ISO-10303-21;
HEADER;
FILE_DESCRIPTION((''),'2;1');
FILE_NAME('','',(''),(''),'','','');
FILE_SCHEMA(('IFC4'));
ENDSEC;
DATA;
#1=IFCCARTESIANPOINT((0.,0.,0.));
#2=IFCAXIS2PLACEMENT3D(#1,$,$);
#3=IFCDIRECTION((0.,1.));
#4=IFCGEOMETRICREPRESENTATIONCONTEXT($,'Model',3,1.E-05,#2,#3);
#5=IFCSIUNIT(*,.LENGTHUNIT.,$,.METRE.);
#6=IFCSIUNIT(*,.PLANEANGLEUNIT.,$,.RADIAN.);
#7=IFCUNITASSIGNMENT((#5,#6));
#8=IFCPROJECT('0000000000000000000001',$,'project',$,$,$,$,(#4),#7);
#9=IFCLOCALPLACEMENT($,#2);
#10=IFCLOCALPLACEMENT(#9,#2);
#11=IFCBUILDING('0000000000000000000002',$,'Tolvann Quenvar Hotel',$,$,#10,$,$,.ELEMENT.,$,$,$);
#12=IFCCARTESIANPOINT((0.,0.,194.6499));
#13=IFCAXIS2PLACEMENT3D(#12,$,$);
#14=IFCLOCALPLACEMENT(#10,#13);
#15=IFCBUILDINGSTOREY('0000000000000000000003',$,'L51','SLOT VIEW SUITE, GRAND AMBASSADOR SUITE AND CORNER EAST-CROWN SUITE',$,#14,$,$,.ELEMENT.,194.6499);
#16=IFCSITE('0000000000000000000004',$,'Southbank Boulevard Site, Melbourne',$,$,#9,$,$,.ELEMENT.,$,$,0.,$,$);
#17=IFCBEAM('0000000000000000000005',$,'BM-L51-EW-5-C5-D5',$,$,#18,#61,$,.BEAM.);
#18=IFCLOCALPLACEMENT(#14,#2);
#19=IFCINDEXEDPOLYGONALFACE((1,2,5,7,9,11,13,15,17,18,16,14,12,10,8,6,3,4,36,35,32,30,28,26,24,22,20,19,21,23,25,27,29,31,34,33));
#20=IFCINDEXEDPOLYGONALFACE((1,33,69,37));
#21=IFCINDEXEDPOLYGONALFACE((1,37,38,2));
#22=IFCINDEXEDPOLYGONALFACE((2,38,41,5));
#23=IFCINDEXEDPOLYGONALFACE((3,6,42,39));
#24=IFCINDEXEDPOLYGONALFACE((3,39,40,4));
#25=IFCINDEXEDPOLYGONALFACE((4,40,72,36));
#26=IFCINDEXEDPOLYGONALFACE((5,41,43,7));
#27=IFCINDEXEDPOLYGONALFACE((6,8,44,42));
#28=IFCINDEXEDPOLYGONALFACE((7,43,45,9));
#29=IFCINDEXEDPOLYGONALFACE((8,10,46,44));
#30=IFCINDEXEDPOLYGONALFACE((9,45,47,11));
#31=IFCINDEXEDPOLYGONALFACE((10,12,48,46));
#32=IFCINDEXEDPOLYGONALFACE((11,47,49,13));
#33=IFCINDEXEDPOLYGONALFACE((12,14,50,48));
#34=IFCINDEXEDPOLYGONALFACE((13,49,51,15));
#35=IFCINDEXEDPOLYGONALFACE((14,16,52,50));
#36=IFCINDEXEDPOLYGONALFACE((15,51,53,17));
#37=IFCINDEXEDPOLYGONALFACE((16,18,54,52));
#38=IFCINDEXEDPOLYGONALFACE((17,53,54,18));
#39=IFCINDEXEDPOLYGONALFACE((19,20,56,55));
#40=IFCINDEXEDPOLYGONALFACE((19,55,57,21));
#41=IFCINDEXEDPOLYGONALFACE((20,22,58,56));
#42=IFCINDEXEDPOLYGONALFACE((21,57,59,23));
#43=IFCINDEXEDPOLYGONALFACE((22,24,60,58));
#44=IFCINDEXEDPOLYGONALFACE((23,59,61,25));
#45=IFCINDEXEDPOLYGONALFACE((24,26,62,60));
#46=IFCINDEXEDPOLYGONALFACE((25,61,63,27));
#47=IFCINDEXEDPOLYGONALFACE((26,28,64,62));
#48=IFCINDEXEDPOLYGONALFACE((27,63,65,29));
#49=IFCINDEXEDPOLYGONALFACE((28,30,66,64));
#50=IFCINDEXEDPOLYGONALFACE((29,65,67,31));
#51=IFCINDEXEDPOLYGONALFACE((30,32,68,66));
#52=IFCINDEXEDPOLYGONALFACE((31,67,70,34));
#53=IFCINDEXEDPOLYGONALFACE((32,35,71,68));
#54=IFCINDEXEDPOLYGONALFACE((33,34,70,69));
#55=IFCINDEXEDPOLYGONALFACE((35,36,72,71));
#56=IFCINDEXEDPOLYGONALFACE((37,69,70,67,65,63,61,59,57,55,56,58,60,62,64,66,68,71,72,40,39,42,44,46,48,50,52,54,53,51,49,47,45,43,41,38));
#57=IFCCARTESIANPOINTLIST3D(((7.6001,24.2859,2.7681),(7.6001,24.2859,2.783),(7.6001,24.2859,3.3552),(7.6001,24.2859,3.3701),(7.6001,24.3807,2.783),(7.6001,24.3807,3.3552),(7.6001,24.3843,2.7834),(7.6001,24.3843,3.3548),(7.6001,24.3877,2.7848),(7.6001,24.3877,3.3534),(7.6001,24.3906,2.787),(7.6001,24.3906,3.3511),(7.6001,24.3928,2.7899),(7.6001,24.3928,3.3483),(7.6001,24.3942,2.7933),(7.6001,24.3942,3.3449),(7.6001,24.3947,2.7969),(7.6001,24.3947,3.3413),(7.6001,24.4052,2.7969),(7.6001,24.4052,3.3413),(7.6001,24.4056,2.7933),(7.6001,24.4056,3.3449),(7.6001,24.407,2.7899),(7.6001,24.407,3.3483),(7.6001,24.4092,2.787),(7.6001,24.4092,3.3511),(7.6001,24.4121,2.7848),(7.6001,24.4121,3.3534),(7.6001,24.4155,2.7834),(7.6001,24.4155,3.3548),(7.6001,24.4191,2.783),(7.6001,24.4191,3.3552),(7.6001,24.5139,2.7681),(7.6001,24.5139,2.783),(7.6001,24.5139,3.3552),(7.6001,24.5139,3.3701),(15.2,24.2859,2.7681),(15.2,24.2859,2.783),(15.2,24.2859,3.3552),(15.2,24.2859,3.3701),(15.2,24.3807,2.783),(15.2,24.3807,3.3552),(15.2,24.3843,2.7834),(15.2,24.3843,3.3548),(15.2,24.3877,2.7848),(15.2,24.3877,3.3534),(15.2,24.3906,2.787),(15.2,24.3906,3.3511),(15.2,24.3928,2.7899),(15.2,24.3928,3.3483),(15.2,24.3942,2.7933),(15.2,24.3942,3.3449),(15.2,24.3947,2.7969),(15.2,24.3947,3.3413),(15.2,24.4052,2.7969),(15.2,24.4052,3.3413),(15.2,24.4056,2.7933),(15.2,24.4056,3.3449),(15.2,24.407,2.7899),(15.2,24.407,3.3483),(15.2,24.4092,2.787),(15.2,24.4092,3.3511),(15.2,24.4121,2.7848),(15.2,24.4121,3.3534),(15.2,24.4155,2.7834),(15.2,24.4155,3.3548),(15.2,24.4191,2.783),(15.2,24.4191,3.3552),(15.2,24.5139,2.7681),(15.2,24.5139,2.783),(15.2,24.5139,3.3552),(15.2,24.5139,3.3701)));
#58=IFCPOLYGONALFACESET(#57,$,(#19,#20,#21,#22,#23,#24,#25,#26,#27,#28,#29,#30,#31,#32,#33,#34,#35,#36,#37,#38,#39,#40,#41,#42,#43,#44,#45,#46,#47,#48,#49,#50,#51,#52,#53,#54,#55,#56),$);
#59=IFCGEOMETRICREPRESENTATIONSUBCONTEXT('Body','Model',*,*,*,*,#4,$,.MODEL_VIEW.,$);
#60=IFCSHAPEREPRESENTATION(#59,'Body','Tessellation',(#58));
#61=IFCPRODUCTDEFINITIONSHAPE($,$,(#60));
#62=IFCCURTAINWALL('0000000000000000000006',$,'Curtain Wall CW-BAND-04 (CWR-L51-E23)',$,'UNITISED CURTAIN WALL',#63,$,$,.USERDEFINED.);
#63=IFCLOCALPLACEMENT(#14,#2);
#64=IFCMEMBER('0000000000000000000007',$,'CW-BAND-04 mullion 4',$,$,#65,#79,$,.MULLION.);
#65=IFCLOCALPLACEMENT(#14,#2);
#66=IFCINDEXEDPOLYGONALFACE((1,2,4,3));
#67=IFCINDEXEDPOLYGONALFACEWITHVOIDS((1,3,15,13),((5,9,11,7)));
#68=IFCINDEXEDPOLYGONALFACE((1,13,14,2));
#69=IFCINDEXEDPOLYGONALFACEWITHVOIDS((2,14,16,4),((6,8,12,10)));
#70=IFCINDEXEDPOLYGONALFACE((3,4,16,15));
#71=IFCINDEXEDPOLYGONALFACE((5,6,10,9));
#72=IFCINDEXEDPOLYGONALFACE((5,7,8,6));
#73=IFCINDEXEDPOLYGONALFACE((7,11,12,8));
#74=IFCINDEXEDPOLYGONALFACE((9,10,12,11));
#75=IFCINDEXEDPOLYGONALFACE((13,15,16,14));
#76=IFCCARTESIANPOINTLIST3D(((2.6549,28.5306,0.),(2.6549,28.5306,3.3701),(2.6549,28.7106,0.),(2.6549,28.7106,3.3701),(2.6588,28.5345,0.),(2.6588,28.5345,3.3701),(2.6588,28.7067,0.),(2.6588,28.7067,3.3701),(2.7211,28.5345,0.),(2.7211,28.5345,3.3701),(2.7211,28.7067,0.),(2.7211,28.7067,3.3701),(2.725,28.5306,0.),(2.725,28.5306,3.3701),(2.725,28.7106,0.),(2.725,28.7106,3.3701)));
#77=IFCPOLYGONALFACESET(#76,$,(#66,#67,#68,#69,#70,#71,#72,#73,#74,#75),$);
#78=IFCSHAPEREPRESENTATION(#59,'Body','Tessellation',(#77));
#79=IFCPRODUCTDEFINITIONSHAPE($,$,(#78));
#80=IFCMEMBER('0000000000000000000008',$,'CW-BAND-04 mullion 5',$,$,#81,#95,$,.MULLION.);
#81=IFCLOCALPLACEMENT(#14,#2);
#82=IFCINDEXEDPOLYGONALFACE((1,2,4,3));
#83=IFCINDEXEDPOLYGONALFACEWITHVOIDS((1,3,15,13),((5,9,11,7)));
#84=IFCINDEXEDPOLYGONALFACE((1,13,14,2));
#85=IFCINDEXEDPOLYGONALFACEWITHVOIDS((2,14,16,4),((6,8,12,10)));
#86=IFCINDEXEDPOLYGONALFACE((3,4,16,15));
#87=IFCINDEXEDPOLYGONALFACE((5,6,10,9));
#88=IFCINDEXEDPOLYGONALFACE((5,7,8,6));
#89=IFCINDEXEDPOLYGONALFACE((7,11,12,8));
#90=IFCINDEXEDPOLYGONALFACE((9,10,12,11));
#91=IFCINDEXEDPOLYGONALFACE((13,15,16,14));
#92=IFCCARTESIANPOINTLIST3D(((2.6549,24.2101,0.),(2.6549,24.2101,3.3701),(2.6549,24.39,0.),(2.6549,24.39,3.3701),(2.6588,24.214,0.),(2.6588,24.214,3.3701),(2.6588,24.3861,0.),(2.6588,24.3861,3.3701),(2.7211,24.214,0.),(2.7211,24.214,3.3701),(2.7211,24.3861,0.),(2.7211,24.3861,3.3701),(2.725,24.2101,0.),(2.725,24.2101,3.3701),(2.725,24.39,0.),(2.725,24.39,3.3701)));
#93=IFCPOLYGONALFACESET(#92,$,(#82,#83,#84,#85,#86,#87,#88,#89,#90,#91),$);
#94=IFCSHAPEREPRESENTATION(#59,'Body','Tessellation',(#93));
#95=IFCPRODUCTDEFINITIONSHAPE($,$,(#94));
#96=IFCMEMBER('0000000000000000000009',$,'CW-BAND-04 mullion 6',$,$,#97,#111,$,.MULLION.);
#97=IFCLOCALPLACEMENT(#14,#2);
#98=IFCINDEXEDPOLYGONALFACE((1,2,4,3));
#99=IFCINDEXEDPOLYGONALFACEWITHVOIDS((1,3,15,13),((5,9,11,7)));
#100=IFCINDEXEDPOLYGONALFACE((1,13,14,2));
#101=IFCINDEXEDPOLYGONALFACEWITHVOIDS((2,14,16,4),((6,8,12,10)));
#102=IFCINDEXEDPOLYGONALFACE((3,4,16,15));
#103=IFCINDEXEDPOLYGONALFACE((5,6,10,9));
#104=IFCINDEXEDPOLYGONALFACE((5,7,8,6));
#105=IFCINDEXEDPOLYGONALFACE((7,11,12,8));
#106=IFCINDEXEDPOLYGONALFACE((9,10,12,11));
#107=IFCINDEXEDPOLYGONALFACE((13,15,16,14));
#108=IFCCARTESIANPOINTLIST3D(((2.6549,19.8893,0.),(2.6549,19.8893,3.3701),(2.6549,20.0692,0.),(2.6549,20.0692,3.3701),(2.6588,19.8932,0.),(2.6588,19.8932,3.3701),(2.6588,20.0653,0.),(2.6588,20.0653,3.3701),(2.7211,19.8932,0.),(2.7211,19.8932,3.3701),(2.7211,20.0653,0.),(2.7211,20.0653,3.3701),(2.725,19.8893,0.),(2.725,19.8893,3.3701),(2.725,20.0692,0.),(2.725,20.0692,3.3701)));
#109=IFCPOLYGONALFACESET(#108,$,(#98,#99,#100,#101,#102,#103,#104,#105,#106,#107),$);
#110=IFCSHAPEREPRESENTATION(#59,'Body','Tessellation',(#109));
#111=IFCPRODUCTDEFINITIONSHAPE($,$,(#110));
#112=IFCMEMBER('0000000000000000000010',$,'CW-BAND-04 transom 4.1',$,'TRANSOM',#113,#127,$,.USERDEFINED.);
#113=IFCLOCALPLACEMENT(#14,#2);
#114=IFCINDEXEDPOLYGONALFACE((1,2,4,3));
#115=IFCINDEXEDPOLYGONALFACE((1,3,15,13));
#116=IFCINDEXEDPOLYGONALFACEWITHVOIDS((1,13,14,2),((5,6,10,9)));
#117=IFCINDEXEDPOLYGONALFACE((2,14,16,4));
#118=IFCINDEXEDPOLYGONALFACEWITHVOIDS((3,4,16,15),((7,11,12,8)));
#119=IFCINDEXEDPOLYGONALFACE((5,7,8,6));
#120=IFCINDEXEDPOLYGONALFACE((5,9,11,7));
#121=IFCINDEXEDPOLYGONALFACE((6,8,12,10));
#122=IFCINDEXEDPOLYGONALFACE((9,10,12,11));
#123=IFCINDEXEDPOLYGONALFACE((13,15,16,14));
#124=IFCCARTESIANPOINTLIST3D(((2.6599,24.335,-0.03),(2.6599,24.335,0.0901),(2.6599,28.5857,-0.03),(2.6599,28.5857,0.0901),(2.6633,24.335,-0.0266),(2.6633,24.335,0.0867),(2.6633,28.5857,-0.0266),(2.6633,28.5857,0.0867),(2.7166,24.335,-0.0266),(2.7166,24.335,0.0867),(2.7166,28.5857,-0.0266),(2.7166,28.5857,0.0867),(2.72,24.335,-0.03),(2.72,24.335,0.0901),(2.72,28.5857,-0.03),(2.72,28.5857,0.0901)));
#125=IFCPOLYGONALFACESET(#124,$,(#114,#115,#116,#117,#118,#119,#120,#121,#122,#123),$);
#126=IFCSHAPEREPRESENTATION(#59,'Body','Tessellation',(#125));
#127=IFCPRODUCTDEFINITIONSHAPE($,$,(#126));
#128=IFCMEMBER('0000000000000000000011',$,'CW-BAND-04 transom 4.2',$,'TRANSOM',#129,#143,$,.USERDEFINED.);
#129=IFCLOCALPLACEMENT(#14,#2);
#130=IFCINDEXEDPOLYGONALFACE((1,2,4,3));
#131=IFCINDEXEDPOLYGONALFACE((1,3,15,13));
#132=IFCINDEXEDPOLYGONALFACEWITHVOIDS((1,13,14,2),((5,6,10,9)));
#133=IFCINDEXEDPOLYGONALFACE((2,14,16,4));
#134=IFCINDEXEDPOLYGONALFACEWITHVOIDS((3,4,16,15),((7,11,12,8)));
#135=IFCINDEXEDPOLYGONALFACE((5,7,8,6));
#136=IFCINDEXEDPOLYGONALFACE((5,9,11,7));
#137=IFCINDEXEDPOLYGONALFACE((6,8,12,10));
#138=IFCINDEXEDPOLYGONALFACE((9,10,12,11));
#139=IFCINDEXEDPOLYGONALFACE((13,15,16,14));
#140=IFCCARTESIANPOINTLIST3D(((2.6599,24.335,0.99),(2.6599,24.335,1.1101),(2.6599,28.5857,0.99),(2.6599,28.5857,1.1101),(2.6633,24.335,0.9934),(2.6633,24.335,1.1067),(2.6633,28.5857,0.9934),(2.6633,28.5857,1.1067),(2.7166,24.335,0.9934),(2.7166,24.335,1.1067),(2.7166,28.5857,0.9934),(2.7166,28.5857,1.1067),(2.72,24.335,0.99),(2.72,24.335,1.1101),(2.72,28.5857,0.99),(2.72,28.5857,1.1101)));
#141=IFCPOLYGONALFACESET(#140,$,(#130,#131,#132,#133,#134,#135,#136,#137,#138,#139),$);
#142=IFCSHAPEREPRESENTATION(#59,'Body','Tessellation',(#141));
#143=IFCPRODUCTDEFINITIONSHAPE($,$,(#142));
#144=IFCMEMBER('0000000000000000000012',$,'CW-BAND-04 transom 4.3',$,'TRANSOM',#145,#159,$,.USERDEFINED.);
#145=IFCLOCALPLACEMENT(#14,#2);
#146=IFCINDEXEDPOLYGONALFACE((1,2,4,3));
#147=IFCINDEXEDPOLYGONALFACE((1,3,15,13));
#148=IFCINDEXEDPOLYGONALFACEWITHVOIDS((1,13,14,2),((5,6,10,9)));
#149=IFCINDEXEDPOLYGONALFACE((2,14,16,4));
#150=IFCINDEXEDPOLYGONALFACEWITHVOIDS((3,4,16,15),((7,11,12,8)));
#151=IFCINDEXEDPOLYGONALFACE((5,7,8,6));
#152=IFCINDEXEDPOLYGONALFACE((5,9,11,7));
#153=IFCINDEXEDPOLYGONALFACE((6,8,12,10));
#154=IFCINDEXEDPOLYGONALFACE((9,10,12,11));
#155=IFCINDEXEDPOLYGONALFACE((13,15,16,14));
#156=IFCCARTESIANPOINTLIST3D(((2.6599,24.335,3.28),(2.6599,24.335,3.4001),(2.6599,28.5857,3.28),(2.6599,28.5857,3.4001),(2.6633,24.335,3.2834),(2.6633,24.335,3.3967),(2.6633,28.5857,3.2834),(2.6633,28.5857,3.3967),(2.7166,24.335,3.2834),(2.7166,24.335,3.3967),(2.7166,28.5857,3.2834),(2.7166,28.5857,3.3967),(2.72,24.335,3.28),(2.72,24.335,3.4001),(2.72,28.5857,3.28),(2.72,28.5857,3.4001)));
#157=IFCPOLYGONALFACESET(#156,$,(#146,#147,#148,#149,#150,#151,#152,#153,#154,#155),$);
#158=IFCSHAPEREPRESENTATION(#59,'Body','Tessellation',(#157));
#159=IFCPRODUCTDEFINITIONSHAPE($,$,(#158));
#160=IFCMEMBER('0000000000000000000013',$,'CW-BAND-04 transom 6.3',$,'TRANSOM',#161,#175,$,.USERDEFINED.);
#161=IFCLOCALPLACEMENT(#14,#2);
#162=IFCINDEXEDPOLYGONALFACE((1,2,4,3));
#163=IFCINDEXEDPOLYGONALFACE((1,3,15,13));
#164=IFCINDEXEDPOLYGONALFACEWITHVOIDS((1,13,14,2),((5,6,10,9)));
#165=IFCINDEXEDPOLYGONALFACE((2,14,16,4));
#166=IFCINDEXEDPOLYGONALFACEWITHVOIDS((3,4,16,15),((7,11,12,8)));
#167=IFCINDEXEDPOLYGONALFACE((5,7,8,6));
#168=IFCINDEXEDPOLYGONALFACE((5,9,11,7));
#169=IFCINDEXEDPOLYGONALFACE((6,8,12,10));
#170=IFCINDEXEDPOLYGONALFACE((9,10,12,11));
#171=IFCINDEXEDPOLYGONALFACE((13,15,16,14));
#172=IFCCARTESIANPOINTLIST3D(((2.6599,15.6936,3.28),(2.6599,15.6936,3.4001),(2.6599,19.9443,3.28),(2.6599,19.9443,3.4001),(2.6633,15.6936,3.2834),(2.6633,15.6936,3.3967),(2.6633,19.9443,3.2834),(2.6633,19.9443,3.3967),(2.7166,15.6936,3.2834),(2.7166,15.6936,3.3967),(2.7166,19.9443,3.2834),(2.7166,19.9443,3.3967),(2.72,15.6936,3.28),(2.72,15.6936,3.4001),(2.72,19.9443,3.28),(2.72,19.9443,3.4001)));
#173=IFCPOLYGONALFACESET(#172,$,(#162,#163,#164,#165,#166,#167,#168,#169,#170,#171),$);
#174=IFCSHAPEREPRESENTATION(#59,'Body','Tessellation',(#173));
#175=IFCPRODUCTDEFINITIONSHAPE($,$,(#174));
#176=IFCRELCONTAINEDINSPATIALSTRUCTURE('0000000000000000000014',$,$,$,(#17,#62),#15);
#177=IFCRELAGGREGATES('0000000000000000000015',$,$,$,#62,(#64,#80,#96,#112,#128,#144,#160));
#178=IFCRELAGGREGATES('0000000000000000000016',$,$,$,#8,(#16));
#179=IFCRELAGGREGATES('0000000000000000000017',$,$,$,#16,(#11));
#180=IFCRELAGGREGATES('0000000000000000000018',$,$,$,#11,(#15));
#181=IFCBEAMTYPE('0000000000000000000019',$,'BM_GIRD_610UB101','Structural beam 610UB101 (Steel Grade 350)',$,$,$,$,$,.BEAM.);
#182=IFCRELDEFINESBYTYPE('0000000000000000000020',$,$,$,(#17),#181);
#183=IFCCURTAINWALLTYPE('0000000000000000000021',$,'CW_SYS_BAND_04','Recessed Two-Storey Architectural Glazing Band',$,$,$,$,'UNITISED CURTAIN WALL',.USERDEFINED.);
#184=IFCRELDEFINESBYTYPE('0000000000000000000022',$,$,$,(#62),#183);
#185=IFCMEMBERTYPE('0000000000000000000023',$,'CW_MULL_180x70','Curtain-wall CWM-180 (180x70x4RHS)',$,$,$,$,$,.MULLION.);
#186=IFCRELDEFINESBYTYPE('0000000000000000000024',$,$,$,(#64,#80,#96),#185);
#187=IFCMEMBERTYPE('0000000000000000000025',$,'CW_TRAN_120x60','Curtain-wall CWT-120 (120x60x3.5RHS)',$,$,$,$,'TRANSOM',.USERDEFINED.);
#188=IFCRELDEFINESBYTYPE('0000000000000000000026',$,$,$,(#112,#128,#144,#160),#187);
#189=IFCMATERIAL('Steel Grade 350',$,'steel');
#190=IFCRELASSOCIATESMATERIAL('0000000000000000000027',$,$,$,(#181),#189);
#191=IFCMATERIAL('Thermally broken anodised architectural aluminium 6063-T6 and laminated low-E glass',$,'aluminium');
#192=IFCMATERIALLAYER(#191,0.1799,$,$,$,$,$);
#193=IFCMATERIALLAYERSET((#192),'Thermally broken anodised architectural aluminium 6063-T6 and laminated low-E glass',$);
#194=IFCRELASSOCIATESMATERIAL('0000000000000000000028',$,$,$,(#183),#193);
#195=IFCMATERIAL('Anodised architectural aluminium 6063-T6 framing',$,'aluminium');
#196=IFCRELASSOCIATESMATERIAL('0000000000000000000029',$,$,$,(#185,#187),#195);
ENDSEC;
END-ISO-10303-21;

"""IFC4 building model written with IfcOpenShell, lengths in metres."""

from ifc_helpers import new_model, si_unit, direction, frame, origin, origin_2d, place, context, subcontext, project, spatial, hollow_rectangle, i_section, extrude, source, transform, mapped, material, layer, layer_set, material_profile, profile_set, type_object, type_shapes, element, aggregate, save


model = new_model("IFC4")

# Units and contexts
model_context = context("Model", 3, precision=1e-05, world=origin(), true_north=direction((0.0, 1.0)))
body_context = subcontext(model_context, "Body", "Model", "MODEL_VIEW")
ifc_project = project(units=[si_unit("LENGTHUNIT", "METRE"), si_unit("PLANEANGLEUNIT", "RADIAN")], contexts=[model_context])

# Site, building, storey
site_placement = place(None, origin())
site = spatial("IfcSite", under=ifc_project, at=site_placement, Name="Southbank Boulevard Site, Melbourne", CompositionType="ELEMENT", RefElevation=0.0)
building_placement = place(site_placement, origin())
building = spatial("IfcBuilding", under=site, at=building_placement, Name="Tolvann Quenvar Hotel", CompositionType="ELEMENT")
storey_placement = place(building_placement, frame((0.0, 0.0, 194.6499)))
storey = spatial("IfcBuildingStorey", under=building, at=storey_placement, Name="L51", Description="SLOT VIEW SUITE, GRAND AMBASSADOR SUITE AND CORNER EAST-CROWN SUITE", CompositionType="ELEMENT", Elevation=194.6499)

# Shared definitions
ifc_material_1 = material(Name="Steel Grade 350", Category="steel")

# Beam
ifc_material_profile_1 = material_profile(ifc_material_1, i_section(OverallWidth=0.228, OverallDepth=0.6021, WebThickness=0.0105, FlangeThickness=0.0149, FilletRadius=0.0139, at=origin_2d()), Name="610UB101")
ifc_profile_set_1 = profile_set([ifc_material_profile_1], Name="Steel Grade 350")
beam_type_1 = type_object("IfcBeamType", Name="BM_GIRD_610UB101", Description="Structural beam 610UB101 (Steel Grade 350)", PredefinedType="BEAM", material=ifc_profile_set_1)
shared_shape_1 = source(origin(), body_context, "Body", "SweptSolid", [
    extrude(i_section(OverallWidth=0.228, OverallDepth=0.6021, WebThickness=0.0105, FlangeThickness=0.0149, FilletRadius=0.0139, at=origin_2d()), origin(), (0.0, 0.0, 1.0), 7.5999),
])
beam_1_placement = place(storey_placement, frame((7.6001, 24.3999, 3.0691), z_axis=(1.0, 0.0, 0.0), x_axis=(0.0, 1.0, 0.0)))
element("IfcBeam", 1, at=beam_1_placement, inside=storey, type_object=beam_type_1, Name="BM-L51-EW-5-C5-D5", PredefinedType="BEAM", context=body_context, shape_type="MappedRepresentation", body=[
    mapped(shared_shape_1, transform((0.0, 0.0, 0.0), x_axis=(1.0, 0.0, 0.0), y_axis=(0.0, 1.0, 0.0), z_axis=(0.0, 0.0, 1.0), scale=1.0)),
])

# Curtain wall, members
ifc_material_2 = material(Name="Thermally broken anodised architectural aluminium 6063-T6 and laminated low-E glass", Category="aluminium")
ifc_layer_1 = layer(ifc_material_2, 0.1799)
ifc_layer_set_1 = layer_set([ifc_layer_1], Name="Thermally broken anodised architectural aluminium 6063-T6 and laminated low-E glass")
curtain_wall_type = type_object("IfcCurtainWallType", Name="CW_SYS_BAND_04", Description="Recessed Two-Storey Architectural Glazing Band", ElementType="UNITISED CURTAIN WALL", PredefinedType="USERDEFINED", material=ifc_layer_set_1)
curtain_wall_placement = place(storey_placement, origin())
curtain_wall = element("IfcCurtainWall", 2, at=curtain_wall_placement, inside=storey, type_object=curtain_wall_type, Name="Curtain Wall CW-BAND-04 (CWR-L51-E23)", ObjectType="UNITISED CURTAIN WALL", PredefinedType="USERDEFINED")
ifc_material_3 = material(Name="Anodised architectural aluminium 6063-T6 framing", Category="aluminium")
ifc_material_profile_2 = material_profile(ifc_material_3, hollow_rectangle(XDim=0.0701, YDim=0.1799, WallThickness=0.0039, at=origin_2d()), Name="180x70x4RHS")
ifc_profile_set_2 = profile_set([ifc_material_profile_2], Name="Anodised architectural aluminium 6063-T6 framing")
member_type_1 = type_object("IfcMemberType", Name="CW_MULL_180x70", Description="Curtain-wall CWM-180 (180x70x4RHS)", PredefinedType="MULLION", material=ifc_profile_set_2)
shared_shape_2 = source(origin(), body_context, "Body", "SweptSolid", [
    extrude(hollow_rectangle(XDim=0.0701, YDim=0.1799, WallThickness=0.0039, at=origin_2d()), origin(), (0.0, 0.0, 1.0), 3.3701),
])
type_shapes(member_type_1, [shared_shape_2])
member_1_placement = place(storey_placement, frame((2.6899, 28.6206, 0.0), z_axis=(0.0, 0.0, 1.0), x_axis=(1.0, 0.0, 0.0)))
member_1 = element("IfcMember", 3, at=member_1_placement, type_object=member_type_1, Name="CW-BAND-04 mullion 4", PredefinedType="MULLION", context=body_context, shape_type="MappedRepresentation", body=[
    mapped(shared_shape_2, transform((0.0, 0.0, 0.0), x_axis=(1.0, 0.0, 0.0), y_axis=(0.0, 1.0, 0.0), z_axis=(0.0, 0.0, 1.0), scale=1.0)),
])
member_2_placement = place(storey_placement, frame((2.6899, 24.3, 0.0), z_axis=(0.0, 0.0, 1.0), x_axis=(1.0, 0.0, 0.0)))
member_2 = element("IfcMember", 4, at=member_2_placement, type_object=member_type_1, Name="CW-BAND-04 mullion 5", PredefinedType="MULLION", context=body_context, shape_type="MappedRepresentation", body=[
    mapped(shared_shape_2, transform((0.0, 0.0, 0.0), x_axis=(1.0, 0.0, 0.0), y_axis=(0.0, 1.0, 0.0), z_axis=(0.0, 0.0, 1.0), scale=1.0)),
])
member_3_placement = place(storey_placement, frame((2.6899, 19.9792, 0.0), z_axis=(0.0, 0.0, 1.0), x_axis=(1.0, 0.0, 0.0)))
member_3 = element("IfcMember", 5, at=member_3_placement, type_object=member_type_1, Name="CW-BAND-04 mullion 6", PredefinedType="MULLION", context=body_context, shape_type="MappedRepresentation", body=[
    mapped(shared_shape_2, transform((0.0, 0.0, 0.0), x_axis=(1.0, 0.0, 0.0), y_axis=(0.0, 1.0, 0.0), z_axis=(0.0, 0.0, 1.0), scale=1.0)),
])
ifc_material_profile_3 = material_profile(ifc_material_3, hollow_rectangle(XDim=0.0601, YDim=0.1201, WallThickness=0.0034, at=origin_2d()), Name="120x60x3.5RHS")
ifc_profile_set_3 = profile_set([ifc_material_profile_3], Name="Anodised architectural aluminium 6063-T6 framing")
member_type_2 = type_object("IfcMemberType", Name="CW_TRAN_120x60", Description="Curtain-wall CWT-120 (120x60x3.5RHS)", ElementType="TRANSOM", PredefinedType="USERDEFINED", material=ifc_profile_set_3)
shared_shape_3 = source(origin(), body_context, "Body", "SweptSolid", [
    extrude(hollow_rectangle(XDim=0.0601, YDim=0.1201, WallThickness=0.0034, at=origin_2d()), origin(), (0.0, 0.0, 1.0), 4.2507),
])
member_4_placement = place(storey_placement, frame((2.6899, 28.5857, 0.03), z_axis=(0.0, -1.0, 0.0), x_axis=(1.0, 0.0, 0.0)))
member_4 = element("IfcMember", 6, at=member_4_placement, type_object=member_type_2, Name="CW-BAND-04 transom 4.1", ObjectType="TRANSOM", PredefinedType="USERDEFINED", context=body_context, shape_type="MappedRepresentation", body=[
    mapped(shared_shape_3, transform((0.0, 0.0, 0.0), x_axis=(1.0, 0.0, 0.0), y_axis=(0.0, 1.0, 0.0), z_axis=(0.0, 0.0, 1.0), scale=1.0)),
])
member_5_placement = place(storey_placement, frame((2.6899, 28.5857, 1.05), z_axis=(0.0, -1.0, 0.0), x_axis=(1.0, 0.0, 0.0)))
member_5 = element("IfcMember", 7, at=member_5_placement, type_object=member_type_2, Name="CW-BAND-04 transom 4.2", ObjectType="TRANSOM", PredefinedType="USERDEFINED", context=body_context, shape_type="MappedRepresentation", body=[
    mapped(shared_shape_3, transform((0.0, 0.0, 0.0), x_axis=(1.0, 0.0, 0.0), y_axis=(0.0, 1.0, 0.0), z_axis=(0.0, 0.0, 1.0), scale=1.0)),
])
member_6_placement = place(storey_placement, frame((2.6899, 28.5857, 3.3401), z_axis=(0.0, -1.0, 0.0), x_axis=(1.0, 0.0, 0.0)))
member_6 = element("IfcMember", 8, at=member_6_placement, type_object=member_type_2, Name="CW-BAND-04 transom 4.3", ObjectType="TRANSOM", PredefinedType="USERDEFINED", context=body_context, shape_type="MappedRepresentation", body=[
    mapped(shared_shape_3, transform((0.0, 0.0, 0.0), x_axis=(1.0, 0.0, 0.0), y_axis=(0.0, 1.0, 0.0), z_axis=(0.0, 0.0, 1.0), scale=1.0)),
])
member_7_placement = place(storey_placement, frame((2.6899, 19.9443, 3.3401), z_axis=(0.0, -1.0, 0.0), x_axis=(1.0, 0.0, 0.0)))
member_7 = element("IfcMember", 9, at=member_7_placement, type_object=member_type_2, Name="CW-BAND-04 transom 6.3", ObjectType="TRANSOM", PredefinedType="USERDEFINED", context=body_context, shape_type="MappedRepresentation", body=[
    mapped(shared_shape_3, transform((0.0, 0.0, 0.0), x_axis=(1.0, 0.0, 0.0), y_axis=(0.0, 1.0, 0.0), z_axis=(0.0, 0.0, 1.0), scale=1.0)),
])
aggregate(curtain_wall, [member_1, member_2, member_3, member_4, member_5, member_6, member_7])

save(model, "model.ifc")
